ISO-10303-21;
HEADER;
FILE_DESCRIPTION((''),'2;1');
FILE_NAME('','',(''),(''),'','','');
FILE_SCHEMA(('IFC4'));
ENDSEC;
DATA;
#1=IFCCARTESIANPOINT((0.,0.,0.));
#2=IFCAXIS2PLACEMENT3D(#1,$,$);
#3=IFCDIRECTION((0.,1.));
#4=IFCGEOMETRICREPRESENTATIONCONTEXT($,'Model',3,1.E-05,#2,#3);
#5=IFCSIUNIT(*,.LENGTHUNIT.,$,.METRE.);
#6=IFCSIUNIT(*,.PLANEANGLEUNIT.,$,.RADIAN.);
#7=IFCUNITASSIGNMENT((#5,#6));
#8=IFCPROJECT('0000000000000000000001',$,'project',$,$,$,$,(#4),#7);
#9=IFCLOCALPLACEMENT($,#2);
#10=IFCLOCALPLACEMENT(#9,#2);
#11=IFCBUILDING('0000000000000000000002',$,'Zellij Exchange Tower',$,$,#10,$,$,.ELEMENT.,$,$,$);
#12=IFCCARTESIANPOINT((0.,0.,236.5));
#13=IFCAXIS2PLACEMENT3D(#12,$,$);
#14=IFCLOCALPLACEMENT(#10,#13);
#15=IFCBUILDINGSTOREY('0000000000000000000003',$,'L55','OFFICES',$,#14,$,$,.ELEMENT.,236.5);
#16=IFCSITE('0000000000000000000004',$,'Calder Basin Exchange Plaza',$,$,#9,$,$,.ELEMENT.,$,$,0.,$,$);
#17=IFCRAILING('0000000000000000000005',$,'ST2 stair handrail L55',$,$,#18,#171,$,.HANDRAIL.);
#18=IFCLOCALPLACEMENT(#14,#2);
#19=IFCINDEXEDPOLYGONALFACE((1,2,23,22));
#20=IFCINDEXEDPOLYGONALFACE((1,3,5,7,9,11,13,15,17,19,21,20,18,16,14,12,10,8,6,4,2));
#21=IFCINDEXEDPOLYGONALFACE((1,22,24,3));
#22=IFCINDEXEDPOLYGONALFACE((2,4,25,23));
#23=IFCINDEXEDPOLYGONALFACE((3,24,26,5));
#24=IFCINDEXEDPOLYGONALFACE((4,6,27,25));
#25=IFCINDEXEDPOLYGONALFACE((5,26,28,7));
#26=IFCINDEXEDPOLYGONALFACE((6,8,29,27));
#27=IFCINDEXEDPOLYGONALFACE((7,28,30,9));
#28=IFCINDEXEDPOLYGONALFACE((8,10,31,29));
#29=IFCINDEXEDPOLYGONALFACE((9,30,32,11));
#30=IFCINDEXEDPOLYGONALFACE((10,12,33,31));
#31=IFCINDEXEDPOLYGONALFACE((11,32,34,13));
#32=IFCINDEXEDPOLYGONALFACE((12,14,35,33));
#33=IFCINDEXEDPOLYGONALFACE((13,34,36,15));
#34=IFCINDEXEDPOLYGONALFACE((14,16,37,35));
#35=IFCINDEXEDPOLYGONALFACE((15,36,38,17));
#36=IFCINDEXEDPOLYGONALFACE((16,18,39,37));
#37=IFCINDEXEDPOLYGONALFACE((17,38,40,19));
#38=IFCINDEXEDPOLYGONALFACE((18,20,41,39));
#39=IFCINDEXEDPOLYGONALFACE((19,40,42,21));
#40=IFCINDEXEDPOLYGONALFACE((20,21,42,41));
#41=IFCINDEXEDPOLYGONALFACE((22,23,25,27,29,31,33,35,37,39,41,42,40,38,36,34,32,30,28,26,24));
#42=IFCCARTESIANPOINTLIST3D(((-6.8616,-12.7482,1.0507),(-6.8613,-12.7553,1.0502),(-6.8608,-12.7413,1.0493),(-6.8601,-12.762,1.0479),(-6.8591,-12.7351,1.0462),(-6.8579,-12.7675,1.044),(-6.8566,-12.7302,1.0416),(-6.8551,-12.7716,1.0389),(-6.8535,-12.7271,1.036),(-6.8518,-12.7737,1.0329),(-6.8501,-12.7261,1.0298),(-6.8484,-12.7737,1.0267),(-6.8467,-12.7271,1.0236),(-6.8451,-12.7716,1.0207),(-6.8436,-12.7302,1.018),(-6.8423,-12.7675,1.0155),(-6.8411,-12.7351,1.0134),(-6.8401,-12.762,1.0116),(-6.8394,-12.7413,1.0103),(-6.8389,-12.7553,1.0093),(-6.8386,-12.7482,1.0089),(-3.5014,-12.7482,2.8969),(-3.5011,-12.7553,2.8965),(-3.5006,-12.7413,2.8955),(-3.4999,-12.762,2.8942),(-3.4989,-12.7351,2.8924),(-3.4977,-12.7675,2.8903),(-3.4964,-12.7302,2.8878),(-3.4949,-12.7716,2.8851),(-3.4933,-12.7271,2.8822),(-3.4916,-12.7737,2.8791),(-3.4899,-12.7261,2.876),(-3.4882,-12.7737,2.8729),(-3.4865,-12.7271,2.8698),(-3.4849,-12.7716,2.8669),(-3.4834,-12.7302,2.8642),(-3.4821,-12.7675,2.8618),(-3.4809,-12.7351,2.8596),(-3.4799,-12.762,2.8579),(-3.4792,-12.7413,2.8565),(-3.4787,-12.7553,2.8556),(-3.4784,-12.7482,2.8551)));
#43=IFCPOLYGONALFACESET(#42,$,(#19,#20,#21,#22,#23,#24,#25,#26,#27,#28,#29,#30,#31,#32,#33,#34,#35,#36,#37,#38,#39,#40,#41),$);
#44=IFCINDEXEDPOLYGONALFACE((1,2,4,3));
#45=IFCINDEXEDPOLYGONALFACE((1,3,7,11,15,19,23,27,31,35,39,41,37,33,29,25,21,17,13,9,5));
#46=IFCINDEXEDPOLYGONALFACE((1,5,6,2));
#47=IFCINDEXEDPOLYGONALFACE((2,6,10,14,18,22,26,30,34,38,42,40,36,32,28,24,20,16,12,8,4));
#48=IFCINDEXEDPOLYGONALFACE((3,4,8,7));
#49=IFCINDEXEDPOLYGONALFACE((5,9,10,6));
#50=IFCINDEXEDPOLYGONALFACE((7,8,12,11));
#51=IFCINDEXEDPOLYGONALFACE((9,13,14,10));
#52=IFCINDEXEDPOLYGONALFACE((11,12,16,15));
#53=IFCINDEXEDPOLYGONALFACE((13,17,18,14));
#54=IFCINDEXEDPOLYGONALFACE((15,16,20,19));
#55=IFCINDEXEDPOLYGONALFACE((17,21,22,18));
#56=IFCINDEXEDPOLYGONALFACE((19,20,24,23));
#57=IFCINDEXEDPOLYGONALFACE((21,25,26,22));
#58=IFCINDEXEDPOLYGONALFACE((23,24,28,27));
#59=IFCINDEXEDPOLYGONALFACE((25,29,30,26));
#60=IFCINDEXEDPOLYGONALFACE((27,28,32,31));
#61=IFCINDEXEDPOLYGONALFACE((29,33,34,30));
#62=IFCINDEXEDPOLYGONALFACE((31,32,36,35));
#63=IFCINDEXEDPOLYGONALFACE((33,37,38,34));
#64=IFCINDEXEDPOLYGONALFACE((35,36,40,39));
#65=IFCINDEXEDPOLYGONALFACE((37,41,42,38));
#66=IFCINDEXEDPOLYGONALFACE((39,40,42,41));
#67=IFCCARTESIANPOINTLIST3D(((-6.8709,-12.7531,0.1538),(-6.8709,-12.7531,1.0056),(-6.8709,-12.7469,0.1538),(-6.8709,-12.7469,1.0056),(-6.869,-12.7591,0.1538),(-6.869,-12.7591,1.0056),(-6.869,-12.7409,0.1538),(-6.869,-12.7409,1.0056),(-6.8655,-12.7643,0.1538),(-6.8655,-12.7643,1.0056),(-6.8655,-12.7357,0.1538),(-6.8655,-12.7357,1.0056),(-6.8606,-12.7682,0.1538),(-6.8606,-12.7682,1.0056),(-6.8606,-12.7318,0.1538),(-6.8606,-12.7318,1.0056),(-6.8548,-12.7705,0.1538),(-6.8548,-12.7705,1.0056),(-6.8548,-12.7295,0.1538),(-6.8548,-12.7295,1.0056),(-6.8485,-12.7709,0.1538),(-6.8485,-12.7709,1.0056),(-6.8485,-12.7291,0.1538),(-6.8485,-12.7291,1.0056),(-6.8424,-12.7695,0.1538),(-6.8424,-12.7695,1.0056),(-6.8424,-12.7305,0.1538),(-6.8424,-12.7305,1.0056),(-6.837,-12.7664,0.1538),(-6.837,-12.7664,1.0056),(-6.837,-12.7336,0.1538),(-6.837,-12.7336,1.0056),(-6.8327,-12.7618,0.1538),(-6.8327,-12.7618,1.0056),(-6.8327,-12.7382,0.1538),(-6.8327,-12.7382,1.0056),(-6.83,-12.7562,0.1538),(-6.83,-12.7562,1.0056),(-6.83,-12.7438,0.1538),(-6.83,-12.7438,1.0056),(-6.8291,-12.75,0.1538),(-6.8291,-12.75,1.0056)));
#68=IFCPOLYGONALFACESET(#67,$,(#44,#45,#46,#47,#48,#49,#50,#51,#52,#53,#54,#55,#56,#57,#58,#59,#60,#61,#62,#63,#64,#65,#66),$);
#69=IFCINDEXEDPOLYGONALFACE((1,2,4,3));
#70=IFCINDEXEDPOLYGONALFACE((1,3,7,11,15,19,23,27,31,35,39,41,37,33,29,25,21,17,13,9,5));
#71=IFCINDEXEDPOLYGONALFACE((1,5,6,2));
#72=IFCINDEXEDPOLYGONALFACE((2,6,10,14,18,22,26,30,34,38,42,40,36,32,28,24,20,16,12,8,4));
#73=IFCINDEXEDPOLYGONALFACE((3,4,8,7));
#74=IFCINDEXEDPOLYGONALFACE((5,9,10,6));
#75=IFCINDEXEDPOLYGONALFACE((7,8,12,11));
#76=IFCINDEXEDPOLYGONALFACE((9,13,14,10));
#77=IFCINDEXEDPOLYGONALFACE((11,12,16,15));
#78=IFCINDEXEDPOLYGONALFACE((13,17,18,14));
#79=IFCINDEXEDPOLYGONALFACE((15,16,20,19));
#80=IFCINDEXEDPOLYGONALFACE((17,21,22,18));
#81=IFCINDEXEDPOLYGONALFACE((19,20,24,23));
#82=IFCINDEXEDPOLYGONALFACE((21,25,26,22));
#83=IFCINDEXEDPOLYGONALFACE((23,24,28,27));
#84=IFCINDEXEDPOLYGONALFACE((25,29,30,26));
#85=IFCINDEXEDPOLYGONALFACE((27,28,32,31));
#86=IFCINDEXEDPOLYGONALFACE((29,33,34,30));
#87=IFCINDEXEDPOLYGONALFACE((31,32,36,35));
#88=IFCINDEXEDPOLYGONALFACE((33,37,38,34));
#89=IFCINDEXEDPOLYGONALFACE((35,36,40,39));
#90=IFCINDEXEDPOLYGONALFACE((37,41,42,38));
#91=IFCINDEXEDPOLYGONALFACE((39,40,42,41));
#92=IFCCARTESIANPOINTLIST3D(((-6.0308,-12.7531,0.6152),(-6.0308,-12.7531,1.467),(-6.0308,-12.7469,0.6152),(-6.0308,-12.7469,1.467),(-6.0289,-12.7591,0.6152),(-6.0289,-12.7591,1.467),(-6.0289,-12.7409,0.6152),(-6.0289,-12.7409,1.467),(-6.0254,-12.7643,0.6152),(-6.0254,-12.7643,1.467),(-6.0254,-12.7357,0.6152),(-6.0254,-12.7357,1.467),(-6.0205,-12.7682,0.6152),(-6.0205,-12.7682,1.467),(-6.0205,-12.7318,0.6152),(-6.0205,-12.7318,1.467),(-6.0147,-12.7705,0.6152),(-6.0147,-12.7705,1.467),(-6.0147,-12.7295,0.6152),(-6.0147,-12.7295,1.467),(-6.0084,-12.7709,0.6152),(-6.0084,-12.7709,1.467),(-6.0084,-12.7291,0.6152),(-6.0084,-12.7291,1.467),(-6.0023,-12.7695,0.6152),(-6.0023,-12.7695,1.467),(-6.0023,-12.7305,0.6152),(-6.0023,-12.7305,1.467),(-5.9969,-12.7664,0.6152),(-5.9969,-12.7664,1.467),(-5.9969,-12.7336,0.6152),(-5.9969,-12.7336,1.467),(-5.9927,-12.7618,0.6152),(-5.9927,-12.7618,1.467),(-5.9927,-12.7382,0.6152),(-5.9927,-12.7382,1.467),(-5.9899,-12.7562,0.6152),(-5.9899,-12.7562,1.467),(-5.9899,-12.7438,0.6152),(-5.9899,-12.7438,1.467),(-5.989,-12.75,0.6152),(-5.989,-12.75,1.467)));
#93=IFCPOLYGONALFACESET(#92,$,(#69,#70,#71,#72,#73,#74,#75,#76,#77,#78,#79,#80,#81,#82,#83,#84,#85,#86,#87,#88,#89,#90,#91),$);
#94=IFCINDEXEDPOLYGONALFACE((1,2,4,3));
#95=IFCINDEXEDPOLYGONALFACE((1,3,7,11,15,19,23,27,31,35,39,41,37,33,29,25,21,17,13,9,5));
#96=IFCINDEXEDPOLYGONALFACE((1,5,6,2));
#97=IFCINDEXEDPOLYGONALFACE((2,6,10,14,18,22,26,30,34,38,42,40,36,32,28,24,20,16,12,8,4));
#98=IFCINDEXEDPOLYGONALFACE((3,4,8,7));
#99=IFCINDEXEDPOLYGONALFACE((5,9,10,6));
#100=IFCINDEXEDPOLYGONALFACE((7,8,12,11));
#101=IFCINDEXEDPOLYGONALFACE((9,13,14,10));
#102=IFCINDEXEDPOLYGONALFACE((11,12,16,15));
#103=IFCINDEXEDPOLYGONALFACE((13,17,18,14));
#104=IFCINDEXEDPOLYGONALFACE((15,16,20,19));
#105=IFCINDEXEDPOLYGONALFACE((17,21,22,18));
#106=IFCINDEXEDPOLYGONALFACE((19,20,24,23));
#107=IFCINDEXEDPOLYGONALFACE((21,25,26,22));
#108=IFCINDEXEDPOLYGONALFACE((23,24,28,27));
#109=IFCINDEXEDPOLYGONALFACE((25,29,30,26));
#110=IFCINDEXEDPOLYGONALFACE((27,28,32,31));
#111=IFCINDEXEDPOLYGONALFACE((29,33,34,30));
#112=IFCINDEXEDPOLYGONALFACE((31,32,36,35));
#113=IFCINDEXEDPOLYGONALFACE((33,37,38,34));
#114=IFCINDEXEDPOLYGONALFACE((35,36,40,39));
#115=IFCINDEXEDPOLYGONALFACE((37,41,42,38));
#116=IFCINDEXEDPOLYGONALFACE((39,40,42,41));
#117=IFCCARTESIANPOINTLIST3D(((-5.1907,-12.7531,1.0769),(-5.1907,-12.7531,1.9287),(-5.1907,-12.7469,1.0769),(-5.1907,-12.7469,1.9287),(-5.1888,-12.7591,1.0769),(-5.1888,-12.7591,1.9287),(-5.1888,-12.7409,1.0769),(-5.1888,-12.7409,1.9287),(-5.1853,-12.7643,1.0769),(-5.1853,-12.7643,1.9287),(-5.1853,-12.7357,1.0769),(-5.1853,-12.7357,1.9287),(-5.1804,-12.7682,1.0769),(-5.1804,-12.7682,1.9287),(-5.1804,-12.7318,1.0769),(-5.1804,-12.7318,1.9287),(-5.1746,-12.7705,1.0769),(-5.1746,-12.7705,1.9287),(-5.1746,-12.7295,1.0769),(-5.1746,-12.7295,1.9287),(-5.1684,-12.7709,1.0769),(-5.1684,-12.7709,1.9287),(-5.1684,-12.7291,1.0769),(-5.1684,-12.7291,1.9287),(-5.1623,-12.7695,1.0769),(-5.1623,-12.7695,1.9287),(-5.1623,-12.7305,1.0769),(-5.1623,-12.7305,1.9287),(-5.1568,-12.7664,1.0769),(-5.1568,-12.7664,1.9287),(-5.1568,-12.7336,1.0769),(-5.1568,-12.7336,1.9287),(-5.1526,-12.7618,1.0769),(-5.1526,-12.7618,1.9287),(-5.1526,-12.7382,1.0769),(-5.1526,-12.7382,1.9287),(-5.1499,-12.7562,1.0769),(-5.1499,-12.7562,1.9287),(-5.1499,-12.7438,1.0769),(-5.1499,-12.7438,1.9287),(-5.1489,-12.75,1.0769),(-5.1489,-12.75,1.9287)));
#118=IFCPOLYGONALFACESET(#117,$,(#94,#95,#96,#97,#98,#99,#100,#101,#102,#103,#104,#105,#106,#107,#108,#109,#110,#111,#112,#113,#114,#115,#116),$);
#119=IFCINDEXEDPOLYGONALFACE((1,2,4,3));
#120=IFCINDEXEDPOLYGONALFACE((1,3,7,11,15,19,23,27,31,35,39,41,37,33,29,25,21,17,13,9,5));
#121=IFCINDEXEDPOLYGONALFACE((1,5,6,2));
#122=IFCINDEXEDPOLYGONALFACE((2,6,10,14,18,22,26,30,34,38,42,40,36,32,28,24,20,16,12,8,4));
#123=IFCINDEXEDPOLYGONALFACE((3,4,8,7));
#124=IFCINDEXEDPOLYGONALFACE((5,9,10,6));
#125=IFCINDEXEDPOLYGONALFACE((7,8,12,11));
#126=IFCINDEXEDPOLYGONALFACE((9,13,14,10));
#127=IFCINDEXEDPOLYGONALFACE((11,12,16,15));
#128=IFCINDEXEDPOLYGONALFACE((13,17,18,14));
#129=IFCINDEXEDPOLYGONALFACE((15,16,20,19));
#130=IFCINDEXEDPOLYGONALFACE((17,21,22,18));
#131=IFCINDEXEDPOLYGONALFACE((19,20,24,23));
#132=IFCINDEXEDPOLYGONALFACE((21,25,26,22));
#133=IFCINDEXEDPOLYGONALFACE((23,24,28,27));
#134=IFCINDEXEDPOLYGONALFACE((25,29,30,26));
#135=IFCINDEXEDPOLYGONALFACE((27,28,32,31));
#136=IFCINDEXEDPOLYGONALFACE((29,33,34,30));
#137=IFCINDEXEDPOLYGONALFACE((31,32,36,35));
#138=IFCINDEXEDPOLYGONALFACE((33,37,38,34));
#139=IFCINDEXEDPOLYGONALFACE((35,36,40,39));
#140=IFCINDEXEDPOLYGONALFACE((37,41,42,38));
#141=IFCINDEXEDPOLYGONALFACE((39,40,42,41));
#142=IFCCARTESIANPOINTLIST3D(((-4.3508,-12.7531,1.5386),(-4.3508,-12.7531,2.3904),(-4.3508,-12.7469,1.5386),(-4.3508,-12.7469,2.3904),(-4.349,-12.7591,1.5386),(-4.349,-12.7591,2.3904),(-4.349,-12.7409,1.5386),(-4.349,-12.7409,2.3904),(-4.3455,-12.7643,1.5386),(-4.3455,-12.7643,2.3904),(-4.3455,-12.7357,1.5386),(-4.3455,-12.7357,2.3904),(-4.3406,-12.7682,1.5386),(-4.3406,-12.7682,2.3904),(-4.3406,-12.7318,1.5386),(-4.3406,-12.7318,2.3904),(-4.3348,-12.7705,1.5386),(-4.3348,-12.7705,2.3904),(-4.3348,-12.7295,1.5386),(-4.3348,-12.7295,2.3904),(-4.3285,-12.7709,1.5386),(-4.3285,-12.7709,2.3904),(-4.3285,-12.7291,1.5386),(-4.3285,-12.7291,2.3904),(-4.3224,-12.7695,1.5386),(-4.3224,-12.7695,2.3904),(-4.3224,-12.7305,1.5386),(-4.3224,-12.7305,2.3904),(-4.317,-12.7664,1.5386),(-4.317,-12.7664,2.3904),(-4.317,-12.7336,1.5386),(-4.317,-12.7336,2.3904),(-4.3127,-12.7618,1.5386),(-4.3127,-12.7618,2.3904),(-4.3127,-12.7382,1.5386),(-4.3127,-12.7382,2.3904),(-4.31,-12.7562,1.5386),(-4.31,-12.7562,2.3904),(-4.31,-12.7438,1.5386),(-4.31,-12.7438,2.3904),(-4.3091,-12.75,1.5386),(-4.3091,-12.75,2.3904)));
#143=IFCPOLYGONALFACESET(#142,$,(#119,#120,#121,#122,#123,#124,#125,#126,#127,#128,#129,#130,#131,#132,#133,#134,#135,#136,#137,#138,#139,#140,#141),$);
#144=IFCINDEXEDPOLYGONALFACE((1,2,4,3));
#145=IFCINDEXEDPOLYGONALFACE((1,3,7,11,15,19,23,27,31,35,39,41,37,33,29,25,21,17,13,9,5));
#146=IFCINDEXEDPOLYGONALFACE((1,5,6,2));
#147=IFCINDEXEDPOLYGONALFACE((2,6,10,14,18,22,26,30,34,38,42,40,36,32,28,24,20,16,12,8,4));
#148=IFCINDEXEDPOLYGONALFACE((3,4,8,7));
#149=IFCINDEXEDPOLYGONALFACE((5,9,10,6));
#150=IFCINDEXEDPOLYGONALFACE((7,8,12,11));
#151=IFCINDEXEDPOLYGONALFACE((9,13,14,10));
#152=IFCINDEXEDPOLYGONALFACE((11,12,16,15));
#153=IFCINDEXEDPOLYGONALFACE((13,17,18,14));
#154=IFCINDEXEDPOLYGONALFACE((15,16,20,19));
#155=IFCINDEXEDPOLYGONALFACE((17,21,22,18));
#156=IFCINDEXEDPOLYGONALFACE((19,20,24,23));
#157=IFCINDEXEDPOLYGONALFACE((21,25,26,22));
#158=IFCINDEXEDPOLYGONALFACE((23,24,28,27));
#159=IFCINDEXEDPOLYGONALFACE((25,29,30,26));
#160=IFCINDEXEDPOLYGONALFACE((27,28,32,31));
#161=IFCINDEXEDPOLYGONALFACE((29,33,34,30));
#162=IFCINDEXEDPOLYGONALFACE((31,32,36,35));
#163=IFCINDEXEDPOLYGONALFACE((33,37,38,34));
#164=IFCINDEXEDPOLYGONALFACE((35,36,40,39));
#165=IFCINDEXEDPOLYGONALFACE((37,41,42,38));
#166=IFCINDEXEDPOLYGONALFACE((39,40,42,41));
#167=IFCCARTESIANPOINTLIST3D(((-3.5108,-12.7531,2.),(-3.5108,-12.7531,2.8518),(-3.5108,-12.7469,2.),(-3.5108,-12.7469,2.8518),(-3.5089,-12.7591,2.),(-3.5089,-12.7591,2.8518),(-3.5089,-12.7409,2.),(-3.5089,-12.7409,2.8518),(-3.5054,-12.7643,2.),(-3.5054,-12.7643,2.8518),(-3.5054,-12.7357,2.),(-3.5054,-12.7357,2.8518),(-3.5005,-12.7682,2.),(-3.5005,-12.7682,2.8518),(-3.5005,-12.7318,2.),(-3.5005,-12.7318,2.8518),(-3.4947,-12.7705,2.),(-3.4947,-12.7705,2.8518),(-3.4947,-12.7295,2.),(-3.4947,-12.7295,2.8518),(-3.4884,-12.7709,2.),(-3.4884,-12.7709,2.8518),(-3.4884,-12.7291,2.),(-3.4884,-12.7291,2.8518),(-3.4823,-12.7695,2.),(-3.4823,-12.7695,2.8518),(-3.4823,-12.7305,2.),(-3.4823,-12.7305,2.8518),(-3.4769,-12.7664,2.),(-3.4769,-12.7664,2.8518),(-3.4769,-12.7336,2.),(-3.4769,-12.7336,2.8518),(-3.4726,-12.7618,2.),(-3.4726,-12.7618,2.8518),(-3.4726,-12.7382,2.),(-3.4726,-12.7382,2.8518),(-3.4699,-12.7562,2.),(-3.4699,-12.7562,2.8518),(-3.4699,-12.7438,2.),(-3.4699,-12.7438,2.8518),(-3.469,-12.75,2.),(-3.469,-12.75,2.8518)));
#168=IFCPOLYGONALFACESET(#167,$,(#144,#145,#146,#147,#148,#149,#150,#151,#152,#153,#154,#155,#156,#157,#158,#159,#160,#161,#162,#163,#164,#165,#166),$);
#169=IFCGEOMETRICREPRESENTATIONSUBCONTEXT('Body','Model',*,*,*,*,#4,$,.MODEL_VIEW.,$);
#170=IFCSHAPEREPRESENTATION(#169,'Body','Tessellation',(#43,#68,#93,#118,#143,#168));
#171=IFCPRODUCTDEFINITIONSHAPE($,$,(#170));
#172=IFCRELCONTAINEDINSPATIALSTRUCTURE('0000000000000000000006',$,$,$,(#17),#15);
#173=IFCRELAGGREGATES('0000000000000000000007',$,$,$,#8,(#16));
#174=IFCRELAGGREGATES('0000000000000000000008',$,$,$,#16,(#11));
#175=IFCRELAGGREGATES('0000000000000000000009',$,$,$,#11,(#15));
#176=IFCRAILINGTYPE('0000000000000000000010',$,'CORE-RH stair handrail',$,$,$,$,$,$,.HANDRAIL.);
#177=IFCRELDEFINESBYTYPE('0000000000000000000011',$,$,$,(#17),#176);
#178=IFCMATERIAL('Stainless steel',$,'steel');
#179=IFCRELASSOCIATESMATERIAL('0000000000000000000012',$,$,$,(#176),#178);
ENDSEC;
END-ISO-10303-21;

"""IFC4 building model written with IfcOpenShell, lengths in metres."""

from ifc_helpers import new_model, si_unit, direction, frame, origin, origin_2d, place, context, subcontext, project, spatial, circle, extrude, material, type_object, element, save


model = new_model("IFC4")

# Units and contexts
model_context = context("Model", 3, precision=1e-05, world=origin(), true_north=direction((0.0, 1.0)))
body_context = subcontext(model_context, "Body", "Model", "MODEL_VIEW")
ifc_project = project(units=[si_unit("LENGTHUNIT", "METRE"), si_unit("PLANEANGLEUNIT", "RADIAN")], contexts=[model_context])

# Site, building, storey
site_placement = place(None, origin())
site = spatial("IfcSite", under=ifc_project, at=site_placement, Name="Calder Basin Exchange Plaza", CompositionType="ELEMENT", RefElevation=0.0)
building_placement = place(site_placement, origin())
building = spatial("IfcBuilding", under=site, at=building_placement, Name="Zellij Exchange Tower", CompositionType="ELEMENT")
storey_placement = place(building_placement, frame((0.0, 0.0, 236.5)))
storey = spatial("IfcBuildingStorey", under=building, at=storey_placement, Name="L55", Description="OFFICES", CompositionType="ELEMENT", Elevation=236.5)

# Railing
ifc_material_1 = material(Name="Stainless steel", Category="steel")
railing_type_1 = type_object("IfcRailingType", Name="CORE-RH stair handrail", PredefinedType="HANDRAIL", material=ifc_material_1)
railing_1_placement = place(storey_placement, frame((-6.8501, -12.75, 0.1538)))
element("IfcRailing", 1, at=railing_1_placement, inside=storey, type_object=railing_type_1, Name="ST2 stair handrail L55", PredefinedType="HANDRAIL", context=body_context, shape_type="SweptSolid", body=[
    extrude(circle(Radius=0.0239, at=origin_2d()), frame((0.0, 0.0, 0.876), z_axis=(0.876422, 0.0, 0.481545), x_axis=(0.0, 1.0, 0.0)), (0.0, 0.0, 1.0), 3.834),
    extrude(circle(Radius=0.021, at=origin_2d()), origin(), (0.0, 0.0, 1.0), 0.8518),
    extrude(circle(Radius=0.021, at=origin_2d()), frame((0.8401, 0.0, 0.4614)), (0.0, 0.0, 1.0), 0.8518),
    extrude(circle(Radius=0.021, at=origin_2d()), frame((1.6802, 0.0, 0.9231)), (0.0, 0.0, 1.0), 0.8518),
    extrude(circle(Radius=0.021, at=origin_2d()), frame((2.52, 0.0, 1.3848)), (0.0, 0.0, 1.0), 0.8518),
    extrude(circle(Radius=0.021, at=origin_2d()), frame((3.3601, 0.0, 1.8462)), (0.0, 0.0, 1.0), 0.8518),
])

save(model, "model.ifc")
